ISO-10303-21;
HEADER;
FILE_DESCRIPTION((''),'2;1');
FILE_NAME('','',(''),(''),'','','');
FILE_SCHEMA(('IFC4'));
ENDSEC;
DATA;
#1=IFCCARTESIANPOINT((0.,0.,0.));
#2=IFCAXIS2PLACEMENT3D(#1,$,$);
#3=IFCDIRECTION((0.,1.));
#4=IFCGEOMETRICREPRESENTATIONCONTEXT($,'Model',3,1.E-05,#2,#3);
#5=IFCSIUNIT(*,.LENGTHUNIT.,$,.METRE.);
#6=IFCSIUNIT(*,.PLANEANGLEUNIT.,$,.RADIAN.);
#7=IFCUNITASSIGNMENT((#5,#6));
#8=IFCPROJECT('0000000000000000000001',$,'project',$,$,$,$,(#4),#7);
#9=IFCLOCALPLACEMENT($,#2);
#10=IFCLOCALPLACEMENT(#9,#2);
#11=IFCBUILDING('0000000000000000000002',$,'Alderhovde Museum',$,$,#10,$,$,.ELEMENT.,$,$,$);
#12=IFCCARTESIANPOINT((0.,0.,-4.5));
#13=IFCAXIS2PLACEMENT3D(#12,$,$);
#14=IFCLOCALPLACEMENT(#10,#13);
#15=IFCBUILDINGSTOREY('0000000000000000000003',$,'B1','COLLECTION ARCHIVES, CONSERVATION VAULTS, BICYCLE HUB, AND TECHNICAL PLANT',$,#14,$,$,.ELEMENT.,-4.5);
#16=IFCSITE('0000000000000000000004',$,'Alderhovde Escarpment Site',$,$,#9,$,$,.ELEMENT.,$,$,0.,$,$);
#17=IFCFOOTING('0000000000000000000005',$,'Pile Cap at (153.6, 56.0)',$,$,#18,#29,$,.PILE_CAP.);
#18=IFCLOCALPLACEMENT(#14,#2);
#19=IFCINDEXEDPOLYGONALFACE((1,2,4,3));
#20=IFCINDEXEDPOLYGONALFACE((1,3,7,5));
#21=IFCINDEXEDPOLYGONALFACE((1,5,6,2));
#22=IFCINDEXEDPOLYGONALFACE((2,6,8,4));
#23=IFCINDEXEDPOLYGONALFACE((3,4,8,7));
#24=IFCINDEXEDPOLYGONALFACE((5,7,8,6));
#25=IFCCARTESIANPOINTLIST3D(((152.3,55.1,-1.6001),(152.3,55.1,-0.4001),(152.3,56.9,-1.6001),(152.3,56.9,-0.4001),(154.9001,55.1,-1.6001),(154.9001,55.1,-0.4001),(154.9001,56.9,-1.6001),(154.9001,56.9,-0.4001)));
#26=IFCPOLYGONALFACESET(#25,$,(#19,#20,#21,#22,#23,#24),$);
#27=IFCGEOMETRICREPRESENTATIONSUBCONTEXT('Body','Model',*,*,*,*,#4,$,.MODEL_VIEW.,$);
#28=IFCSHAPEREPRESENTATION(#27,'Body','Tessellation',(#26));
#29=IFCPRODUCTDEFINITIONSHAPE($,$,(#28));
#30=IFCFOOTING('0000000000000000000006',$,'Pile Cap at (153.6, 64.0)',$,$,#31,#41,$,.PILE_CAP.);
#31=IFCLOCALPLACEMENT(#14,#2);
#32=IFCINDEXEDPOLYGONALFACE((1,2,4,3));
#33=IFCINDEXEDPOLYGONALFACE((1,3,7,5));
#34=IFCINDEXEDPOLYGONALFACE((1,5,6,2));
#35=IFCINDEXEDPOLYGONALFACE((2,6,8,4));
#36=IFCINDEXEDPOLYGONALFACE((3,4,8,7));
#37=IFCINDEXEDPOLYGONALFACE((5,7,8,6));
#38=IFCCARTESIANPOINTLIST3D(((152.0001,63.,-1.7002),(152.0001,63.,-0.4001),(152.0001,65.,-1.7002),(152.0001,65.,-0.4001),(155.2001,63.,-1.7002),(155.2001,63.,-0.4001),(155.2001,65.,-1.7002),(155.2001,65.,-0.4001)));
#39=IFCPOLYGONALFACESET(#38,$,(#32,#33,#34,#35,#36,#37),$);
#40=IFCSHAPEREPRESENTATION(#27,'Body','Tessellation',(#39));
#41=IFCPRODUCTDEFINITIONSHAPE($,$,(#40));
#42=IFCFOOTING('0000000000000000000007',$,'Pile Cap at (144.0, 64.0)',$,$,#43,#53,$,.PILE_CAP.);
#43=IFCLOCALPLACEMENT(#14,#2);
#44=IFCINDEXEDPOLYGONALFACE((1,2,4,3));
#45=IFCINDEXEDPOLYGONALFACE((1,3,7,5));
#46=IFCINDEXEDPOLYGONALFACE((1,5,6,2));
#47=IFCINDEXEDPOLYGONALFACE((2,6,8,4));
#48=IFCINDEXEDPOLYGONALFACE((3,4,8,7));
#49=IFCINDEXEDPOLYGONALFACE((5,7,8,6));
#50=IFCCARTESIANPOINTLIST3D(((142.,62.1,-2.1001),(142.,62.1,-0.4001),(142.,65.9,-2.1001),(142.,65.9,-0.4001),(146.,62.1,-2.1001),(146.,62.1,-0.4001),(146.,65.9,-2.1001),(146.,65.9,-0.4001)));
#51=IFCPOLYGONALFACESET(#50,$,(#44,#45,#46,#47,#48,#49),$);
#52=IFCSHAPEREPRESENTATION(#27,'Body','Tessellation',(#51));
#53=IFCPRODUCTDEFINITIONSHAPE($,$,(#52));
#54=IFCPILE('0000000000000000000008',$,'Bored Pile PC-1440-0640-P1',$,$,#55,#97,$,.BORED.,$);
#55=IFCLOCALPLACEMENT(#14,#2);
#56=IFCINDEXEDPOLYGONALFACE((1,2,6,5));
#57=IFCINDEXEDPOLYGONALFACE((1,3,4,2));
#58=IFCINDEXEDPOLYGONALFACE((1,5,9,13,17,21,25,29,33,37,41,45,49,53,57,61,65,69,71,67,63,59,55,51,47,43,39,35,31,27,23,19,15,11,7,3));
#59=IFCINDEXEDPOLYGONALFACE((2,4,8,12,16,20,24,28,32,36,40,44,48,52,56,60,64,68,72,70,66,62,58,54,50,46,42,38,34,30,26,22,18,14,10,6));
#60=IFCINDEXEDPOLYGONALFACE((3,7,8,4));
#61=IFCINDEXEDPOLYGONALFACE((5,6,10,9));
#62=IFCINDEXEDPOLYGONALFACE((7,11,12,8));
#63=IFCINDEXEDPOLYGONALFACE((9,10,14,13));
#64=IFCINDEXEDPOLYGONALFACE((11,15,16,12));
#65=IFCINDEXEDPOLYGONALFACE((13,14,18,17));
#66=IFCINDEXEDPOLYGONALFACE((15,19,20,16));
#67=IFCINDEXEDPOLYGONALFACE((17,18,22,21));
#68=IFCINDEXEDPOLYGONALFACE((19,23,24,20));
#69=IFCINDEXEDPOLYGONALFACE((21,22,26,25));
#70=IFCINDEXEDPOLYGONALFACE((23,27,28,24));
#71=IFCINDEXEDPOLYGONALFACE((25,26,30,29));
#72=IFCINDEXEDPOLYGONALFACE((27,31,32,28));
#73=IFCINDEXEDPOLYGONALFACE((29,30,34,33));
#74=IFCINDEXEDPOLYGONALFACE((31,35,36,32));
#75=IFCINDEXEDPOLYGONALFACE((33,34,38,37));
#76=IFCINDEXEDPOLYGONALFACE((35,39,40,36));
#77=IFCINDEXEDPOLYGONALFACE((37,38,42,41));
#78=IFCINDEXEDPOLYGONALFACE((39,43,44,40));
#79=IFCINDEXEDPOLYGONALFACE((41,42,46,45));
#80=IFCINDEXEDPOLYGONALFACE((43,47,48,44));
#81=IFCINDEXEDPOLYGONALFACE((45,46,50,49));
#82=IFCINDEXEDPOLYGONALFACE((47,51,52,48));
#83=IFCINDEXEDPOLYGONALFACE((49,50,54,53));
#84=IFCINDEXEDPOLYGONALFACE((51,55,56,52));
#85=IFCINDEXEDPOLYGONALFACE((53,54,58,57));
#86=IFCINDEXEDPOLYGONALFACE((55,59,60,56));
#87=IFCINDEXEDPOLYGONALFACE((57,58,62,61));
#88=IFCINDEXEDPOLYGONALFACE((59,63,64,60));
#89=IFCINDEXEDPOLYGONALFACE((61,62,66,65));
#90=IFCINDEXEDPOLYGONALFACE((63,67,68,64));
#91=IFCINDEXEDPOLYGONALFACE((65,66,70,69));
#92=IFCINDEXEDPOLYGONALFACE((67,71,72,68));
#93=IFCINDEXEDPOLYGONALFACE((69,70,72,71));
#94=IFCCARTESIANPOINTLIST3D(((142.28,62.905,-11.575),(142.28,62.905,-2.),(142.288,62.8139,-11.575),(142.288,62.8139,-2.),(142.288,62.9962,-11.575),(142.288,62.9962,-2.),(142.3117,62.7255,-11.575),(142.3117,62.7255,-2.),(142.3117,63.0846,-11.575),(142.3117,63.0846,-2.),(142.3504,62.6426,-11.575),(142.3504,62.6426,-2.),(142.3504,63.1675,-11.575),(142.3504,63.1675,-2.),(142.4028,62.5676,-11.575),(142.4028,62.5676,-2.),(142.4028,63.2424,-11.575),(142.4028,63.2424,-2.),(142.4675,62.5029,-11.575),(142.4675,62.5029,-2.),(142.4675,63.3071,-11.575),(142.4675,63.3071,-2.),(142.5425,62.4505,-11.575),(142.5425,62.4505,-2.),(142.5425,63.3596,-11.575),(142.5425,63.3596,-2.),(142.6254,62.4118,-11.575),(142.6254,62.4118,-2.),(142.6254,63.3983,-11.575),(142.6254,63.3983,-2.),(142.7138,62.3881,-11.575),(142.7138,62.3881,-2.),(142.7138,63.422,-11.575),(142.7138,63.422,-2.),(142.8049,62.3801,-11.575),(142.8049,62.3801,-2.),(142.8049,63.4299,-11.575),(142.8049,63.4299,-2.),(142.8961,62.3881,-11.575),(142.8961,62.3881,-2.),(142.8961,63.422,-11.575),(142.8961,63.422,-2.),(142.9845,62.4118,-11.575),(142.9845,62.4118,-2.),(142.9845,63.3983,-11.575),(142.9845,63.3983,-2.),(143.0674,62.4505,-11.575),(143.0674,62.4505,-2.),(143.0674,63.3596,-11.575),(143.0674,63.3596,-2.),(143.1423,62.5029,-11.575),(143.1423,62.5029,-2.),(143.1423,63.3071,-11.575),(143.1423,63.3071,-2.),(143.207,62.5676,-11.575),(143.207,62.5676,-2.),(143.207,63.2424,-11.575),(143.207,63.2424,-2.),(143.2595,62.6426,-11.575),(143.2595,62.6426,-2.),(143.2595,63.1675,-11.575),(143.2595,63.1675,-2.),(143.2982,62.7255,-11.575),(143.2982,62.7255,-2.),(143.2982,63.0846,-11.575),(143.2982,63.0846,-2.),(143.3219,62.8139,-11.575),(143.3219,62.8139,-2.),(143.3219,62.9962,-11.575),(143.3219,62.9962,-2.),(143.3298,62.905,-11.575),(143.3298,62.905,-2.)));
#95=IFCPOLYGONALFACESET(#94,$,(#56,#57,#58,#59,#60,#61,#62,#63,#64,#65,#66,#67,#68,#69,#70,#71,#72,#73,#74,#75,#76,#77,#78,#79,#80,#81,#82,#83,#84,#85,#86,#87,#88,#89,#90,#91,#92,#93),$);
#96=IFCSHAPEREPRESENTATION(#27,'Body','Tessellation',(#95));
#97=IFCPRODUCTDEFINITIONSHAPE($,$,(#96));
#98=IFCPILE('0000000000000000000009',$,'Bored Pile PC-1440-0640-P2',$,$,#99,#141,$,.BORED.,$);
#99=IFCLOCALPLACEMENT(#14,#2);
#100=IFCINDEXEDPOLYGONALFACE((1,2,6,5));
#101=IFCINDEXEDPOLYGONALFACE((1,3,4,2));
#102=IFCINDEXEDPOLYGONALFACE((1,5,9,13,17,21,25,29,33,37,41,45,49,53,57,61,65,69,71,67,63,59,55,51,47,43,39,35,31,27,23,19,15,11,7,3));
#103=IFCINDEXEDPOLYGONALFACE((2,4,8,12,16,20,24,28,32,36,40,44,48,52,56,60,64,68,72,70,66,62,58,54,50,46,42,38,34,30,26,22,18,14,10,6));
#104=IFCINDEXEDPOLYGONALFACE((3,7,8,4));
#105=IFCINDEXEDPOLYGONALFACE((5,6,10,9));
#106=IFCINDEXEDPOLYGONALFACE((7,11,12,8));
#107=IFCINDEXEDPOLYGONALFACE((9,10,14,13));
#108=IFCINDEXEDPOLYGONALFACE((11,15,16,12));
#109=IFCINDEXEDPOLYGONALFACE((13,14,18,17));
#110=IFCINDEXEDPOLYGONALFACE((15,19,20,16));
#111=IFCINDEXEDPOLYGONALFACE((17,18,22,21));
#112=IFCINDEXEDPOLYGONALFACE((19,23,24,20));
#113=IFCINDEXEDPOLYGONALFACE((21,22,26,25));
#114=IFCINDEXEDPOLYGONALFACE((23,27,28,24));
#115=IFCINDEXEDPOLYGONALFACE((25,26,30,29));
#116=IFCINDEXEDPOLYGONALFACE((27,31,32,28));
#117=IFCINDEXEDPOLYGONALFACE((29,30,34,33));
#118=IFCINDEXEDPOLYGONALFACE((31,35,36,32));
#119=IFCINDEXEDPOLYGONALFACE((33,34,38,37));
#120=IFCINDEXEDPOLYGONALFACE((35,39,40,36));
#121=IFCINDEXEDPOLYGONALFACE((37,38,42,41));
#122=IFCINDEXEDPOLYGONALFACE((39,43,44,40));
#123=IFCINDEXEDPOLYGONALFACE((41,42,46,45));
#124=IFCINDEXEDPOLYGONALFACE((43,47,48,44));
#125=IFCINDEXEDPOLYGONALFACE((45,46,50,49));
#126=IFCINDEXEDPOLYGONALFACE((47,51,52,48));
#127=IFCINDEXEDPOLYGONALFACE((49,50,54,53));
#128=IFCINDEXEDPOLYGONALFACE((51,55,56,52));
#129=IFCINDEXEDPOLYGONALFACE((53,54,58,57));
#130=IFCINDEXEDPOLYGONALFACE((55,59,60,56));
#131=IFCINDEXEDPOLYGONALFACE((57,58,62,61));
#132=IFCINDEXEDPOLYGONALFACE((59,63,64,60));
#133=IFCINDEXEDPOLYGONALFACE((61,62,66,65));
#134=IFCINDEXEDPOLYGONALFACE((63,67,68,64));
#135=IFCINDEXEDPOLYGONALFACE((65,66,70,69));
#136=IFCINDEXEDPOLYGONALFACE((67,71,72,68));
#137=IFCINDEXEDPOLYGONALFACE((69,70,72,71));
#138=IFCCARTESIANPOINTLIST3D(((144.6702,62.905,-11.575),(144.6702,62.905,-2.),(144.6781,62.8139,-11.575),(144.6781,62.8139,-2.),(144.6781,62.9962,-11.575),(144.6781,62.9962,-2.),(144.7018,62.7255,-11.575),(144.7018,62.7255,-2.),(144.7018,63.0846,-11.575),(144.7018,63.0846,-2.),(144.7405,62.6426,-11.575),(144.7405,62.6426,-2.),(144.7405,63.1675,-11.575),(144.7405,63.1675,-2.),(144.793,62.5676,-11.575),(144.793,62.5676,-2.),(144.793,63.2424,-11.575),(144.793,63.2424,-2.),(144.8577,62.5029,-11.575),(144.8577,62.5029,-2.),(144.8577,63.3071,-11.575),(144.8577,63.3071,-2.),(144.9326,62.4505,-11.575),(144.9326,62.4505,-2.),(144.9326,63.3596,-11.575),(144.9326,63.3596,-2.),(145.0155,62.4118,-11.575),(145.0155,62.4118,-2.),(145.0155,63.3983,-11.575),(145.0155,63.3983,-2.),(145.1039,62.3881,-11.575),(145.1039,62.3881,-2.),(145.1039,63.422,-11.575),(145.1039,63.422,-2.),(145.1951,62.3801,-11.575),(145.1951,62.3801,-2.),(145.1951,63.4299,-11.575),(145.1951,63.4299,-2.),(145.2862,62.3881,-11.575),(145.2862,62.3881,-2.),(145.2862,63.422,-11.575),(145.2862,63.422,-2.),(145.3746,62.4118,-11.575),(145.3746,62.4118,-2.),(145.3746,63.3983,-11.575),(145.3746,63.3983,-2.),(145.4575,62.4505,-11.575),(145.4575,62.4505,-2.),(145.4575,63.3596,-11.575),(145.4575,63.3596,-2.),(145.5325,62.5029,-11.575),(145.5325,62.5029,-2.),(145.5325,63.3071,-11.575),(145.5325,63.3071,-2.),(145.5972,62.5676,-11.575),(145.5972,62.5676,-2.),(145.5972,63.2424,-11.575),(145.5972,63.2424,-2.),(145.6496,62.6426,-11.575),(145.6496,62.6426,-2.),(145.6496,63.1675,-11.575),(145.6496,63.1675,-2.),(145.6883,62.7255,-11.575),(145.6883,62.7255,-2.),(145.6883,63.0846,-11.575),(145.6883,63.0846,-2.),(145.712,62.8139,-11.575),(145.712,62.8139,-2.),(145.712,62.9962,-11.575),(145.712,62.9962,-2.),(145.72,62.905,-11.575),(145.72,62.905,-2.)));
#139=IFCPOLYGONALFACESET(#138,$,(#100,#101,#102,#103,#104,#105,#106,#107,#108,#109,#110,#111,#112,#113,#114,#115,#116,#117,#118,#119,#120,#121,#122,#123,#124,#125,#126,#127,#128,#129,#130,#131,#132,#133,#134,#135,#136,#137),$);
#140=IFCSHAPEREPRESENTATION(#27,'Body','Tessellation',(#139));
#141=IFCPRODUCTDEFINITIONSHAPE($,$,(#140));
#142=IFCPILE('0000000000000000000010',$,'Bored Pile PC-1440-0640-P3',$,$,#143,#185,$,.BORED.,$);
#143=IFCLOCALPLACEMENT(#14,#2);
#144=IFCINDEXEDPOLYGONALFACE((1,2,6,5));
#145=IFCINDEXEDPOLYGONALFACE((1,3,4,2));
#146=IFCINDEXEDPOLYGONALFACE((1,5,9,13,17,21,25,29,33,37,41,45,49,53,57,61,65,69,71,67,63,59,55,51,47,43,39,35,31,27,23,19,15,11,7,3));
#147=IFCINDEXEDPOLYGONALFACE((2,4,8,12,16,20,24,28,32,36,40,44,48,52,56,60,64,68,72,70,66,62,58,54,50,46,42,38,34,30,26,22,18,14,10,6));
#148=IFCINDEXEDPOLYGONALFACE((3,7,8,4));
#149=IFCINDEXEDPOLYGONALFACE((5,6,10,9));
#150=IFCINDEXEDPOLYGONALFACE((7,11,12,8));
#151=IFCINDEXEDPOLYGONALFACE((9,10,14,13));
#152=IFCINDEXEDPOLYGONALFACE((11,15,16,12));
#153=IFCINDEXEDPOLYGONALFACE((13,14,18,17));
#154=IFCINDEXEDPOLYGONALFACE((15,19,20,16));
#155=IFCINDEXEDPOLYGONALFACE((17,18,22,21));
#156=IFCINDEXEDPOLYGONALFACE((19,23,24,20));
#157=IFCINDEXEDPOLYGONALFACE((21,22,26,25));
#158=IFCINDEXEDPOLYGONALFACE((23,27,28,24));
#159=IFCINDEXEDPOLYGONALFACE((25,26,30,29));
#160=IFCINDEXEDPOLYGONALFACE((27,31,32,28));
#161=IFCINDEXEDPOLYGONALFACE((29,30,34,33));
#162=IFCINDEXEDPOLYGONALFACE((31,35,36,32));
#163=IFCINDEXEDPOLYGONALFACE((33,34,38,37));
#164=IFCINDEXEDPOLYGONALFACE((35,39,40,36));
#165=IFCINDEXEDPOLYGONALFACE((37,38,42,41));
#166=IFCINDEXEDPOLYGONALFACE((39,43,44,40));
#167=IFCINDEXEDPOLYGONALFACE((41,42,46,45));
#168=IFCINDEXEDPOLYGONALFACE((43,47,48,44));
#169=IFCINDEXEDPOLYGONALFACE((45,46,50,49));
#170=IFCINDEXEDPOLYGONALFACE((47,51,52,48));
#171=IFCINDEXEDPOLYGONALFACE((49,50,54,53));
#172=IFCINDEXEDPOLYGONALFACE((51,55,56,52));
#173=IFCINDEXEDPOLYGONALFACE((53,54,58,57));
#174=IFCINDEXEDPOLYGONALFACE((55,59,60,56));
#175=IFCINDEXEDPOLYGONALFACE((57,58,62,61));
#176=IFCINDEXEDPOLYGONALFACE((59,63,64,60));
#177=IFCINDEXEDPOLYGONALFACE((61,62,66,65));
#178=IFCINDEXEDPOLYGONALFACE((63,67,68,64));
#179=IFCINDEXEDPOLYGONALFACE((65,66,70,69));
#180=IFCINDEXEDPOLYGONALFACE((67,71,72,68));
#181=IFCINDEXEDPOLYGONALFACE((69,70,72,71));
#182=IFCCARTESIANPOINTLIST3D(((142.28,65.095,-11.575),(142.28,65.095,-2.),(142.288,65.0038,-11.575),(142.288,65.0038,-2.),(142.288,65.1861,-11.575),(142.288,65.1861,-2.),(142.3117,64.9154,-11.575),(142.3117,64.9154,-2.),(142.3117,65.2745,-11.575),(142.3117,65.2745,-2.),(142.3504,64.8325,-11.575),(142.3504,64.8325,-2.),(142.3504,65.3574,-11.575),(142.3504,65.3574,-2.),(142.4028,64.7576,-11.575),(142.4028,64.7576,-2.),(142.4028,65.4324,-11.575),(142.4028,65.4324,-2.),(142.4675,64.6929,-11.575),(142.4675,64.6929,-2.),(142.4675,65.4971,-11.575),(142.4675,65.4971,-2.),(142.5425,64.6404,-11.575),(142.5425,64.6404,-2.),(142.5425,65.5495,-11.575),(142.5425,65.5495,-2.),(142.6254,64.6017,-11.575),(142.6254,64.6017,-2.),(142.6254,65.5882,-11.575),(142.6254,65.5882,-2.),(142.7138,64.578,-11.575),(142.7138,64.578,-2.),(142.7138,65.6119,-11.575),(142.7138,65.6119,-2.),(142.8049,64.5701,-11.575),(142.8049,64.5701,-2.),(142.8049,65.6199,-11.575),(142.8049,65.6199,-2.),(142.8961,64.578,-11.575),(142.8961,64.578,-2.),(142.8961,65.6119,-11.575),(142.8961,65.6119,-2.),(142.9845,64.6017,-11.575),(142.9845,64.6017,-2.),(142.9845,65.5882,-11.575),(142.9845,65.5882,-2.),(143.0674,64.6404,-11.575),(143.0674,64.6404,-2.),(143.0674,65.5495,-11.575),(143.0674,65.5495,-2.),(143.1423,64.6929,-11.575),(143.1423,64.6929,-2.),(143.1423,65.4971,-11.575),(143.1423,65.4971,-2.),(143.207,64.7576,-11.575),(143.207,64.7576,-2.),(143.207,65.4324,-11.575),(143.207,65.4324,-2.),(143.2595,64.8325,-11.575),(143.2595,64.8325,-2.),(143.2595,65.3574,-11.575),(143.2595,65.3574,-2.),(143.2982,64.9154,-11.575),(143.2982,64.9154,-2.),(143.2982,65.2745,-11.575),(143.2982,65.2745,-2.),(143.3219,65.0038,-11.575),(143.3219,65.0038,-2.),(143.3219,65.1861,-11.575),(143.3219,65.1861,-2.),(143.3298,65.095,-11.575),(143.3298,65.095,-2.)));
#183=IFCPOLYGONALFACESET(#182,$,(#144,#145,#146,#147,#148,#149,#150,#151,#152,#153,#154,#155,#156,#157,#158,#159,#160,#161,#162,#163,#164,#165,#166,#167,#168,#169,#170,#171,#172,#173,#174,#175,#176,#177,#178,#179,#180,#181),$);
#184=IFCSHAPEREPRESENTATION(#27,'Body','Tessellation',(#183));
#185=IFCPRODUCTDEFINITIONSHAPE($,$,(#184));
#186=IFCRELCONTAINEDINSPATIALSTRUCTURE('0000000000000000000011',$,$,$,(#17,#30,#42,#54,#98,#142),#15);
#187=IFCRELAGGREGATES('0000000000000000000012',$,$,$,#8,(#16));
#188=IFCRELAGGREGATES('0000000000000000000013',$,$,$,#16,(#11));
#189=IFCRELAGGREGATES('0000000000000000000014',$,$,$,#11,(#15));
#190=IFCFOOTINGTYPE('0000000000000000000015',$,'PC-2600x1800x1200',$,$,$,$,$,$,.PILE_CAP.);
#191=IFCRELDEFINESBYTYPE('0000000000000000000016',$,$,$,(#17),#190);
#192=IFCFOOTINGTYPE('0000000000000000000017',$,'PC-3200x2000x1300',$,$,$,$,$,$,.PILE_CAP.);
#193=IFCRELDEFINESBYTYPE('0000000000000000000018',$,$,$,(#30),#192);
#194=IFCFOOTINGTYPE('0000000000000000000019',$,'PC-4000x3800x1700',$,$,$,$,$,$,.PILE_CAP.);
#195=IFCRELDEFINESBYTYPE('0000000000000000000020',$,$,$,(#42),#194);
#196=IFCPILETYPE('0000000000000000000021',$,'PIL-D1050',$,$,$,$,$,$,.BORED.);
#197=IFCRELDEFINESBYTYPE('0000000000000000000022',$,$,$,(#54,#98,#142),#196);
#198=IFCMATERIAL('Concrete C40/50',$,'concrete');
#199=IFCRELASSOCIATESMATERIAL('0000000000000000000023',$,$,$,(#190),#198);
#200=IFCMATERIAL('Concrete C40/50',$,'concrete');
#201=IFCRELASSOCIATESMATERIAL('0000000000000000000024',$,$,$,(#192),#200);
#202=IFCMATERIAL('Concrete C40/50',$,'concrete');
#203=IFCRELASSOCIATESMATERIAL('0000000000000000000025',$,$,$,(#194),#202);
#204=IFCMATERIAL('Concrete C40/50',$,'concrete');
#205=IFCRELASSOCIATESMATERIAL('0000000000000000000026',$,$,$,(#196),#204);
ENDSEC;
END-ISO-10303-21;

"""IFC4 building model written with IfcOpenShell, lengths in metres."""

from ifc_helpers import new_model, si_unit, direction, frame, origin, origin_2d, place, context, subcontext, project, spatial, rectangle, circle, extrude, material, material_profile, profile_set, type_object, element, save


model = new_model("IFC4")

# Units and contexts
model_context = context("Model", 3, precision=1e-05, world=origin(), true_north=direction((0.0, 1.0)))
body_context = subcontext(model_context, "Body", "Model", "MODEL_VIEW")
ifc_project = project(units=[si_unit("LENGTHUNIT", "METRE"), si_unit("PLANEANGLEUNIT", "RADIAN")], contexts=[model_context])

# Site, building, storey
site_placement = place(None, origin())
site = spatial("IfcSite", under=ifc_project, at=site_placement, Name="Alderhovde Escarpment Site", CompositionType="ELEMENT", RefElevation=0.0)
building_placement = place(site_placement, origin())
building = spatial("IfcBuilding", under=site, at=building_placement, Name="Alderhovde Museum", CompositionType="ELEMENT")
storey_placement = place(building_placement, frame((0.0, 0.0, -4.5)))
storey = spatial("IfcBuildingStorey", under=building, at=storey_placement, Name="B1", Description="COLLECTION ARCHIVES, CONSERVATION VAULTS, BICYCLE HUB, AND TECHNICAL PLANT", CompositionType="ELEMENT", Elevation=-4.5)

# Footings
ifc_material_1 = material(Name="Concrete C40/50", Category="concrete")
footing_type_1 = type_object("IfcFootingType", Name="PC-2600x1800x1200", PredefinedType="PILE_CAP", material=ifc_material_1)
footing_1_placement = place(storey_placement, frame((153.6001, 56.0, -1.6001), z_axis=(0.0, 0.0, 1.0), x_axis=(1.0, 0.0, 0.0)))
element("IfcFooting", 1, at=footing_1_placement, inside=storey, type_object=footing_type_1, Name="Pile Cap at (153.6, 56.0)", PredefinedType="PILE_CAP", context=body_context, shape_type="SweptSolid", body=[
    extrude(rectangle(XDim=2.6001, YDim=1.8, at=origin_2d()), origin(), (0.0, 0.0, 1.0), 1.2),
])
ifc_material_2 = material(Name="Concrete C40/50", Category="concrete")
footing_type_2 = type_object("IfcFootingType", Name="PC-3200x2000x1300", PredefinedType="PILE_CAP", material=ifc_material_2)
footing_2_placement = place(storey_placement, frame((153.6001, 64.0, -1.7002), z_axis=(0.0, 0.0, 1.0), x_axis=(1.0, 0.0, 0.0)))
element("IfcFooting", 2, at=footing_2_placement, inside=storey, type_object=footing_type_2, Name="Pile Cap at (153.6, 64.0)", PredefinedType="PILE_CAP", context=body_context, shape_type="SweptSolid", body=[
    extrude(rectangle(XDim=3.2, YDim=2.0, at=origin_2d()), origin(), (0.0, 0.0, 1.0), 1.3),
])
ifc_material_3 = material(Name="Concrete C40/50", Category="concrete")
footing_type_3 = type_object("IfcFootingType", Name="PC-4000x3800x1700", PredefinedType="PILE_CAP", material=ifc_material_3)
footing_3_placement = place(storey_placement, frame((144.0, 64.0, -2.1001), z_axis=(0.0, 0.0, 1.0), x_axis=(1.0, 0.0, 0.0)))
element("IfcFooting", 3, at=footing_3_placement, inside=storey, type_object=footing_type_3, Name="Pile Cap at (144.0, 64.0)", PredefinedType="PILE_CAP", context=body_context, shape_type="SweptSolid", body=[
    extrude(rectangle(XDim=4.0, YDim=3.8, at=origin_2d()), origin(), (0.0, 0.0, 1.0), 1.7),
])

# Piles
ifc_material_4 = material(Name="Concrete C40/50", Category="concrete")
ifc_material_profile_1 = material_profile(ifc_material_4, circle(Radius=0.5249, at=origin_2d()), Name="PILE-D1050")
ifc_profile_set_1 = profile_set([ifc_material_profile_1], Name="Concrete C40/50")
pile_type_1 = type_object("IfcPileType", Name="PIL-D1050", PredefinedType="BORED", material=ifc_profile_set_1)
for number, where, z_axis, x_axis, name in (
    (4, (142.8049, 62.905, -2.0), (0.0, 0.0, -1.0), (1.0, 0.0, 0.0), "Bored Pile PC-1440-0640-P1"),
    (5, (145.1951, 62.905, -2.0), (0.0, 0.0, -1.0), (1.0, 0.0, 0.0), "Bored Pile PC-1440-0640-P2"),
    (6, (142.8049, 65.095, -2.0), (0.0, 0.0, -1.0), (1.0, 0.0, 0.0), "Bored Pile PC-1440-0640-P3"),
):
    element("IfcPile", number, at=place(storey_placement, frame(where, z_axis=z_axis, x_axis=x_axis)), inside=storey, type_object=pile_type_1, Name=name, PredefinedType="BORED", context=body_context, shape_type="SweptSolid", body=[
        extrude(circle(Radius=0.5249, at=origin_2d()), origin(), (0.0, 0.0, 1.0), 9.575),
    ])

save(model, "model.ifc")
